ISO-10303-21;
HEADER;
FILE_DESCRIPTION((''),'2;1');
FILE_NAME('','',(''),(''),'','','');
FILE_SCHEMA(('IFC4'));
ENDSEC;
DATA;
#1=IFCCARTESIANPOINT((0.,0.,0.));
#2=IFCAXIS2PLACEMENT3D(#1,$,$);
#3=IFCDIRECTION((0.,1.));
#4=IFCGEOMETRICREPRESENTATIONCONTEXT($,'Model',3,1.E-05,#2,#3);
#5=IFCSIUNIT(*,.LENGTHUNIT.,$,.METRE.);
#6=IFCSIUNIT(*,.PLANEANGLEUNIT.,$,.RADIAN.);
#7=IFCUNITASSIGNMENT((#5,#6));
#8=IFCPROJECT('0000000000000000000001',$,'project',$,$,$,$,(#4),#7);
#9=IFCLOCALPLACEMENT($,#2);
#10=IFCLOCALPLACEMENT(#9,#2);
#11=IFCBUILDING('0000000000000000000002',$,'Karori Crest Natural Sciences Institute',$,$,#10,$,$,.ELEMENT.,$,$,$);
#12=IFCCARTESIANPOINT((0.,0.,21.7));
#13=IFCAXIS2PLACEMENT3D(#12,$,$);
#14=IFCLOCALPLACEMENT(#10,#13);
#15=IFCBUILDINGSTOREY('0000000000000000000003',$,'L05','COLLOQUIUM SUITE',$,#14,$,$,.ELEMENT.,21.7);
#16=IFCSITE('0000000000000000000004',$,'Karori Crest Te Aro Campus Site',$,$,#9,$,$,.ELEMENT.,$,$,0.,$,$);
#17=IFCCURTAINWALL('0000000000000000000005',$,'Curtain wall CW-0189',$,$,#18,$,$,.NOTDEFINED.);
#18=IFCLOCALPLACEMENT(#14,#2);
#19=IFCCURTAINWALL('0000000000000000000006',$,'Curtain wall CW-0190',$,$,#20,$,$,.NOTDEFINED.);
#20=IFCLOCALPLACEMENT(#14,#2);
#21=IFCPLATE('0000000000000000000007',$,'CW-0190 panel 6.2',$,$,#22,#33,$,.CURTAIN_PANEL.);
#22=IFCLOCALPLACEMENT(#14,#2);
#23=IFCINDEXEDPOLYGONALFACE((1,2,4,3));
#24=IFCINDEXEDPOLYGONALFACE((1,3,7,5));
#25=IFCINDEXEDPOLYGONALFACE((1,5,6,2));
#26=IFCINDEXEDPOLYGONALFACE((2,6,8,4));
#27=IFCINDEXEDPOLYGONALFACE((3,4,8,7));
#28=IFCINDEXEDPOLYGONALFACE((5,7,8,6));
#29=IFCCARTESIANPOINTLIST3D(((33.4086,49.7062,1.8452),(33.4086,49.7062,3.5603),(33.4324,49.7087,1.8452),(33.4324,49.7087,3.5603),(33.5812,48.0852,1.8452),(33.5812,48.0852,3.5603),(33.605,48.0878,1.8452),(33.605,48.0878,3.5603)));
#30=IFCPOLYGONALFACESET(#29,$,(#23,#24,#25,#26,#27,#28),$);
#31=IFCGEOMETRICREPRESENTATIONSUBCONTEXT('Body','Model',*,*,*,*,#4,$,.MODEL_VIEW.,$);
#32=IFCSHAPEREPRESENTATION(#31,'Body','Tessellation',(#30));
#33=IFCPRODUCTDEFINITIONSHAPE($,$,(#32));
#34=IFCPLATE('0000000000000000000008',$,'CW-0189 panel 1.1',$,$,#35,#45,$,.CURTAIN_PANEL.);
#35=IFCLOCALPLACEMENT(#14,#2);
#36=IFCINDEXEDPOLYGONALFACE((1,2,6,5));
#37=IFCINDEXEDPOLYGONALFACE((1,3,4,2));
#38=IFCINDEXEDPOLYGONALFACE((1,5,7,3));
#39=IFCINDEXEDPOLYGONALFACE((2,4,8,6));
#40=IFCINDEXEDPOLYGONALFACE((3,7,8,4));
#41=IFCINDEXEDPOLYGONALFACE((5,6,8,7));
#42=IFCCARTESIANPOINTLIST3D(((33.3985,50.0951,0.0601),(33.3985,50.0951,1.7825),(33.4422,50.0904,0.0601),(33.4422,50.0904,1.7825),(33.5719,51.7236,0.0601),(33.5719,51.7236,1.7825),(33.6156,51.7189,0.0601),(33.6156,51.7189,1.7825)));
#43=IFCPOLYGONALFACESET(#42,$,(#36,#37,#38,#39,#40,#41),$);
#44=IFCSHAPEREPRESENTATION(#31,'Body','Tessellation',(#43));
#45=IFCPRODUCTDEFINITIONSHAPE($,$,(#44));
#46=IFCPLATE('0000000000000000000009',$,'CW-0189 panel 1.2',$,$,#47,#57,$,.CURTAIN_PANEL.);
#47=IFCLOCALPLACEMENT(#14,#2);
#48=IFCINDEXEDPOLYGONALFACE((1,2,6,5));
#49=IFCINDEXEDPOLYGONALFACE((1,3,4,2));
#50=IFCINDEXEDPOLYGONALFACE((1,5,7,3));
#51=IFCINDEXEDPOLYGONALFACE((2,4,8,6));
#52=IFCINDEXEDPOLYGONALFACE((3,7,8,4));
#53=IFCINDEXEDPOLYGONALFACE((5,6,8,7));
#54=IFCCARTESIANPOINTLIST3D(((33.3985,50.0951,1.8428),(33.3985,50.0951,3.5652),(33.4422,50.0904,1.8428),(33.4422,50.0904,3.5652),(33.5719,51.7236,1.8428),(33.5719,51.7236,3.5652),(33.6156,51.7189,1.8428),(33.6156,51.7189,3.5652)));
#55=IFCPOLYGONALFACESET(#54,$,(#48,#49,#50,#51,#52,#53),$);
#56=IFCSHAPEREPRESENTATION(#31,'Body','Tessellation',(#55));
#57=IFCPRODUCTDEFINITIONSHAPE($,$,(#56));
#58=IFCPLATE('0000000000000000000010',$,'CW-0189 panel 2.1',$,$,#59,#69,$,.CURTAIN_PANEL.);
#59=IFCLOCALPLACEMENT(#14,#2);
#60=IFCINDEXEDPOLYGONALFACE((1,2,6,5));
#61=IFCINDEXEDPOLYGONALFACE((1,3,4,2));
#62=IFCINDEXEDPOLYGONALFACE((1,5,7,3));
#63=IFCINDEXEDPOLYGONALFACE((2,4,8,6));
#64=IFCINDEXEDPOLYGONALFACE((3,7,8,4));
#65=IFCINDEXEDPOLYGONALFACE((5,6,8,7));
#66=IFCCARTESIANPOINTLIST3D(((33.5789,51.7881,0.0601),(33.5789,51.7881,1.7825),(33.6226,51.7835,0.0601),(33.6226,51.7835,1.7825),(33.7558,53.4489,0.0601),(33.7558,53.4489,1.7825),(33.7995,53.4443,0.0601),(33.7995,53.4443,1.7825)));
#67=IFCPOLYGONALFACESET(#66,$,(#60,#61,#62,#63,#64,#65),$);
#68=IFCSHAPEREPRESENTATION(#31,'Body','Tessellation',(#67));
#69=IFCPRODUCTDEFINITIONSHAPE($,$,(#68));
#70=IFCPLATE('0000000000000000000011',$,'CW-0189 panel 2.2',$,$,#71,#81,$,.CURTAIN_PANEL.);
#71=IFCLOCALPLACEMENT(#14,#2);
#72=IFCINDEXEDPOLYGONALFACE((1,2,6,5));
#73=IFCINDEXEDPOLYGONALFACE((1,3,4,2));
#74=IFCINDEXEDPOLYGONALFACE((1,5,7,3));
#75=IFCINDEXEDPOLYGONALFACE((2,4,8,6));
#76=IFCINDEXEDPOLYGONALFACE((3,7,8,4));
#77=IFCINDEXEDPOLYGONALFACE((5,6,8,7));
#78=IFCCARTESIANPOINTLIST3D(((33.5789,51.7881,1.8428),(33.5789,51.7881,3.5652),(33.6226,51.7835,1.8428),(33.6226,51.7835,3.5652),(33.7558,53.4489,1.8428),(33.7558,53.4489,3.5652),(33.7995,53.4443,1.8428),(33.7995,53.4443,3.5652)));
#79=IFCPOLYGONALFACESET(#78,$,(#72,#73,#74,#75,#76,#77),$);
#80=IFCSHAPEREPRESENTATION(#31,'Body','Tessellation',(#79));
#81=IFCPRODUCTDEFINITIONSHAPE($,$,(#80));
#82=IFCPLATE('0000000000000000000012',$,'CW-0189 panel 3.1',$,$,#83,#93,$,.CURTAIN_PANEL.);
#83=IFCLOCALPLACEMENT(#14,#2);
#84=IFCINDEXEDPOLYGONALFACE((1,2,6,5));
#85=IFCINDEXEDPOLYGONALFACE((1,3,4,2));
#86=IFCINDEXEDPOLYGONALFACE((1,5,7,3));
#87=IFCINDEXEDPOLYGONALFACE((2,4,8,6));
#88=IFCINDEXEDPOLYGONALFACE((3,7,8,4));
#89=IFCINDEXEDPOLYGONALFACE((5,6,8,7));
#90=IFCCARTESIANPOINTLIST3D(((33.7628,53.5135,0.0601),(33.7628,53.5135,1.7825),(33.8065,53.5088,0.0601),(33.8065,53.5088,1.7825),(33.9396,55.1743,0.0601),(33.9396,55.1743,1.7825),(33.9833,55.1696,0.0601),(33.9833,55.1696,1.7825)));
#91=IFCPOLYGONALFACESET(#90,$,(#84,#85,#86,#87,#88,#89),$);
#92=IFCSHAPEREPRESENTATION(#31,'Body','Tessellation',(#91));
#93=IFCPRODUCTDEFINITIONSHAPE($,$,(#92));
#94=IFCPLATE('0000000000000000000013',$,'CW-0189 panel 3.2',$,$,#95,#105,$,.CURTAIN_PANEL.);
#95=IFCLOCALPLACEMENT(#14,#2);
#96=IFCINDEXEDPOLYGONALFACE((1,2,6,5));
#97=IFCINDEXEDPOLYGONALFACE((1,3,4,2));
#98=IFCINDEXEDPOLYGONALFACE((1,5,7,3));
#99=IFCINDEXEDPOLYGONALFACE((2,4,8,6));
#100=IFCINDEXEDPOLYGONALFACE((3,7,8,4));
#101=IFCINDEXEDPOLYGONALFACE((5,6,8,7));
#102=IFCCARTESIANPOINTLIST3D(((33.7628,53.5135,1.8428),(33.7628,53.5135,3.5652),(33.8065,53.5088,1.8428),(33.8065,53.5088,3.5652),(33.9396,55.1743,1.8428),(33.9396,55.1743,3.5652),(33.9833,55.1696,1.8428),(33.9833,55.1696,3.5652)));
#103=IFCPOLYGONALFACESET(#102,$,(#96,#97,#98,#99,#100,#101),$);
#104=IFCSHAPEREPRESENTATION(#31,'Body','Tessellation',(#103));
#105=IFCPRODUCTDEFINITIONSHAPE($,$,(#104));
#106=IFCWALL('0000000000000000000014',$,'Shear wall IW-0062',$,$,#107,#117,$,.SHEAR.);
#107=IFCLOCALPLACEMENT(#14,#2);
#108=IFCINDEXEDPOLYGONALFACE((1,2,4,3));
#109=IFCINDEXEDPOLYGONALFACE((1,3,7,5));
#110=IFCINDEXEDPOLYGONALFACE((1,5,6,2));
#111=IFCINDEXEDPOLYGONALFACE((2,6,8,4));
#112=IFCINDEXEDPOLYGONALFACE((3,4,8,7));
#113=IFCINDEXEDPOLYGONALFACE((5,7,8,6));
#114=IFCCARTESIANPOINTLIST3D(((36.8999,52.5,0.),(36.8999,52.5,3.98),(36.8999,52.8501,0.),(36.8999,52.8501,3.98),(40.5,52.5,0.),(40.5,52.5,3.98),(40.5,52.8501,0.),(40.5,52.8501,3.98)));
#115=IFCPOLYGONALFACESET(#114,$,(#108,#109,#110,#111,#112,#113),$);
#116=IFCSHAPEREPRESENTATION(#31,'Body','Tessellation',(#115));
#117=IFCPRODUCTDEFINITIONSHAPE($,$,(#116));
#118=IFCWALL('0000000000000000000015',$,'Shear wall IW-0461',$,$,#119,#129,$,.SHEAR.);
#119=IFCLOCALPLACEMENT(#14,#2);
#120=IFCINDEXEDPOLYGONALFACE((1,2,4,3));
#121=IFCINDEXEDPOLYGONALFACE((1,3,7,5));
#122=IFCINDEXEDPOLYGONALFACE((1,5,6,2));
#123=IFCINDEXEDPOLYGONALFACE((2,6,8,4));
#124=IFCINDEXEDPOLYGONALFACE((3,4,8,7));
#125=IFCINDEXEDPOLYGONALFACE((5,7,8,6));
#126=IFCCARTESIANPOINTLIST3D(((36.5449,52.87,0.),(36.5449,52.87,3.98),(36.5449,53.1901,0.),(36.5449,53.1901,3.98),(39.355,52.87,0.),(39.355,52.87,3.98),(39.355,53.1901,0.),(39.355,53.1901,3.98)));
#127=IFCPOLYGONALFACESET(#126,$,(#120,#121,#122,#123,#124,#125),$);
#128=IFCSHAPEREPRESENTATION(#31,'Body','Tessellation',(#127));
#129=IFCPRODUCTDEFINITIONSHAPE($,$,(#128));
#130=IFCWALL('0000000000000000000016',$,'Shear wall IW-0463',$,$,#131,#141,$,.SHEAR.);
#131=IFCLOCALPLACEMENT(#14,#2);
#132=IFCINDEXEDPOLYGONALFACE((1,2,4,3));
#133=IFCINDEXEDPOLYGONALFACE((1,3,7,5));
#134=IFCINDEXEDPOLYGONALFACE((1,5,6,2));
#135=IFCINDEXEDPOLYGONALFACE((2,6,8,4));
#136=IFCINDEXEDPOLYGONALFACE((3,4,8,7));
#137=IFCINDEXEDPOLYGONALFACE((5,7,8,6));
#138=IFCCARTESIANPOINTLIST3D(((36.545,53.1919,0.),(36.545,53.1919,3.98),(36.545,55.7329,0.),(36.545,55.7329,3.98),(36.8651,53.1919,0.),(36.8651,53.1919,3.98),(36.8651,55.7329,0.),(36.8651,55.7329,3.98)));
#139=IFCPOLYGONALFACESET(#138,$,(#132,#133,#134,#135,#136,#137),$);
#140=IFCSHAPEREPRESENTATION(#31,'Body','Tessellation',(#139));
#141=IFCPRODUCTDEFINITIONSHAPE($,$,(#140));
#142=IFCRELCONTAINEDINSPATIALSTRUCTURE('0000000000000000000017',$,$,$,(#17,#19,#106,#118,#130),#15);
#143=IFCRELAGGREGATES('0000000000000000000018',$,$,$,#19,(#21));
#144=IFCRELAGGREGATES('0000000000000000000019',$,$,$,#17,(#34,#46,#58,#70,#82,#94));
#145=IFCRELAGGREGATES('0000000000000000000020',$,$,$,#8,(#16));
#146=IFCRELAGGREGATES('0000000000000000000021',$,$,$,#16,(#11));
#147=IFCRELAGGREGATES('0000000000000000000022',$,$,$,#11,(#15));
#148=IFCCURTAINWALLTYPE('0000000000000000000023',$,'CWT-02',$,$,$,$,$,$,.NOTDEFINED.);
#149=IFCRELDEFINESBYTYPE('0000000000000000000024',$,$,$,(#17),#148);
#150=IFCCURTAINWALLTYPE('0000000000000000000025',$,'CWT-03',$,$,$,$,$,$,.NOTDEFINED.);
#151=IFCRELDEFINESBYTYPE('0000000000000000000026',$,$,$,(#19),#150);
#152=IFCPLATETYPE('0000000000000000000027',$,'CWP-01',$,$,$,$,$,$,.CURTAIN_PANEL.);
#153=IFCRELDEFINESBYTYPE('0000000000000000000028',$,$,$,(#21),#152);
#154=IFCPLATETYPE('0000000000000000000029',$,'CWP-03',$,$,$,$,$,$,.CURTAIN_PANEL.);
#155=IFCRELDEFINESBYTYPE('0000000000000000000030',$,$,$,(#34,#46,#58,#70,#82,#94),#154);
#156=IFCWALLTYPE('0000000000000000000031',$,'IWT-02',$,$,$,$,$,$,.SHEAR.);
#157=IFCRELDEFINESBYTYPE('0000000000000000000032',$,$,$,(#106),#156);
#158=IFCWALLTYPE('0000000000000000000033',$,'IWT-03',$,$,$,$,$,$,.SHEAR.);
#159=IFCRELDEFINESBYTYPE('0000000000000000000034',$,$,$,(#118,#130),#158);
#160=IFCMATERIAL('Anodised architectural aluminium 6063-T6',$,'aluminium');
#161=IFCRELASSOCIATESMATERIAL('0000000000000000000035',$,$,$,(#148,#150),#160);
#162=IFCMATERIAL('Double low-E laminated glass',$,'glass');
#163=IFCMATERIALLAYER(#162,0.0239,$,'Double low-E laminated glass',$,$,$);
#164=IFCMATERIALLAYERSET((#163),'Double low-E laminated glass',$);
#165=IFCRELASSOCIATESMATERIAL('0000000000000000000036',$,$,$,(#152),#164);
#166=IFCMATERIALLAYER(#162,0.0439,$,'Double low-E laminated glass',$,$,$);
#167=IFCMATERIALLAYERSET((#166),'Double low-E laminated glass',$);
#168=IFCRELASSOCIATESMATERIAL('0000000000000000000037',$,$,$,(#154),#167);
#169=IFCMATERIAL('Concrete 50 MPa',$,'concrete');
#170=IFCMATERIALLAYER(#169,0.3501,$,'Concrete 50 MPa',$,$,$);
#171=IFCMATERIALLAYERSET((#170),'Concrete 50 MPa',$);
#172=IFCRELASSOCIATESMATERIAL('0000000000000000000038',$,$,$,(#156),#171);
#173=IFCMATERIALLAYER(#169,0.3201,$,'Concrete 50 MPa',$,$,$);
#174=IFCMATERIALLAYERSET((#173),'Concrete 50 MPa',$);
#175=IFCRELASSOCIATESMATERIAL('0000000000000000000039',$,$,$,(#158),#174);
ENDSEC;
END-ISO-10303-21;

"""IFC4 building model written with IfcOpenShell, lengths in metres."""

from ifc_helpers import new_model, si_unit, direction, frame, frame_2d, origin, origin_2d, place, context, subcontext, project, spatial, rectangle, extrude, material, layer, layer_set, type_object, element, aggregate, save


model = new_model("IFC4")

# Units and contexts
model_context = context("Model", 3, precision=1e-05, world=origin(), true_north=direction((0.0, 1.0)))
body_context = subcontext(model_context, "Body", "Model", "MODEL_VIEW")
ifc_project = project(units=[si_unit("LENGTHUNIT", "METRE"), si_unit("PLANEANGLEUNIT", "RADIAN")], contexts=[model_context])

# Site, building, storey
site_placement = place(None, origin())
site = spatial("IfcSite", under=ifc_project, at=site_placement, Name="Karori Crest Te Aro Campus Site", CompositionType="ELEMENT", RefElevation=0.0)
building_placement = place(site_placement, origin())
building = spatial("IfcBuilding", under=site, at=building_placement, Name="Karori Crest Natural Sciences Institute", CompositionType="ELEMENT")
storey_placement = place(building_placement, frame((0.0, 0.0, 21.7)))
storey = spatial("IfcBuildingStorey", under=building, at=storey_placement, Name="L05", Description="COLLOQUIUM SUITE", CompositionType="ELEMENT", Elevation=21.7)

# Curtain walls
ifc_material_1 = material(Name="Anodised architectural aluminium 6063-T6", Category="aluminium")
curtain_wall_type_1 = type_object("IfcCurtainWallType", Name="CWT-02", PredefinedType="NOTDEFINED", material=ifc_material_1)
curtain_wall_1_placement = place(storey_placement, origin())
curtain_wall_1 = element("IfcCurtainWall", 1, at=curtain_wall_1_placement, inside=storey, type_object=curtain_wall_type_1, Name="Curtain wall CW-0189", PredefinedType="NOTDEFINED")
curtain_wall_type_2 = type_object("IfcCurtainWallType", Name="CWT-03", PredefinedType="NOTDEFINED", material=ifc_material_1)
curtain_wall_2_placement = place(storey_placement, origin())
curtain_wall_2 = element("IfcCurtainWall", 2, at=curtain_wall_2_placement, inside=storey, type_object=curtain_wall_type_2, Name="Curtain wall CW-0190", PredefinedType="NOTDEFINED")

# Plates
ifc_material_2 = material(Name="Double low-E laminated glass", Category="glass")
ifc_layer_1 = layer(ifc_material_2, 0.0239, Name="Double low-E laminated glass")
ifc_layer_set_1 = layer_set([ifc_layer_1], Name="Double low-E laminated glass")
plate_type_1 = type_object("IfcPlateType", Name="CWP-01", PredefinedType="CURTAIN_PANEL", material=ifc_layer_set_1)
plate_1_placement = place(storey_placement, frame((33.5068, 48.897, 1.8452), z_axis=(0.0, 0.0, 1.0), x_axis=(-0.105884, 0.994378, 0.0)))
plate_1 = element("IfcPlate", 3, at=plate_1_placement, type_object=plate_type_1, Name="CW-0190 panel 6.2", PredefinedType="CURTAIN_PANEL", context=body_context, shape_type="SweptSolid", body=[
    extrude(rectangle(XDim=1.6301, YDim=0.0239, at=origin_2d()), origin(), (0.0, 0.0, 1.0), 1.7151),
])
aggregate(curtain_wall_2, [plate_1])
ifc_layer_2 = layer(ifc_material_2, 0.0439, Name="Double low-E laminated glass")
ifc_layer_set_2 = layer_set([ifc_layer_2], Name="Double low-E laminated glass")
plate_type_2 = type_object("IfcPlateType", Name="CWP-03", PredefinedType="CURTAIN_PANEL", material=ifc_layer_set_2)
plate_2_placement = place(storey_placement, frame((33.5071, 50.907, 0.0601), z_axis=(0.0, 0.0, 1.0), x_axis=(0.105886, 0.994378, 0.0)))
plate_2 = element("IfcPlate", 4, at=plate_2_placement, type_object=plate_type_2, Name="CW-0189 panel 1.1", PredefinedType="CURTAIN_PANEL", context=body_context, shape_type="SweptSolid", body=[
    extrude(rectangle(XDim=1.6377, YDim=0.0439, at=origin_2d()), origin(), (0.0, 0.0, 1.0), 1.7224),
])
plate_3_placement = place(storey_placement, frame((33.5071, 50.907, 1.8428), z_axis=(0.0, 0.0, 1.0), x_axis=(0.105886, 0.994378, 0.0)))
plate_3 = element("IfcPlate", 5, at=plate_3_placement, type_object=plate_type_2, Name="CW-0189 panel 1.2", PredefinedType="CURTAIN_PANEL", context=body_context, shape_type="SweptSolid", body=[
    extrude(rectangle(XDim=1.6377, YDim=0.0439, at=origin_2d()), origin(), (0.0, 0.0, 1.0), 1.7224),
])
plate_4_placement = place(storey_placement, frame((33.6892, 52.6162, 0.0601), z_axis=(0.0, 0.0, 1.0), x_axis=(0.105886, 0.994378, 0.0)))
plate_4 = element("IfcPlate", 6, at=plate_4_placement, type_object=plate_type_2, Name="CW-0189 panel 2.1", PredefinedType="CURTAIN_PANEL", context=body_context, shape_type="SweptSolid", body=[
    extrude(rectangle(XDim=1.6702, YDim=0.0439, at=origin_2d()), origin(), (0.0, 0.0, 1.0), 1.7224),
])
plate_5_placement = place(storey_placement, frame((33.6892, 52.6162, 1.8428), z_axis=(0.0, 0.0, 1.0), x_axis=(0.105886, 0.994378, 0.0)))
plate_5 = element("IfcPlate", 7, at=plate_5_placement, type_object=plate_type_2, Name="CW-0189 panel 2.2", PredefinedType="CURTAIN_PANEL", context=body_context, shape_type="SweptSolid", body=[
    extrude(rectangle(XDim=1.6702, YDim=0.0439, at=origin_2d()), origin(), (0.0, 0.0, 1.0), 1.7224),
])
plate_6_placement = place(storey_placement, frame((33.873, 54.3416, 0.0601), z_axis=(0.0, 0.0, 1.0), x_axis=(0.105886, 0.994378, 0.0)))
plate_6 = element("IfcPlate", 8, at=plate_6_placement, type_object=plate_type_2, Name="CW-0189 panel 3.1", PredefinedType="CURTAIN_PANEL", context=body_context, shape_type="SweptSolid", body=[
    extrude(rectangle(XDim=1.6702, YDim=0.0439, at=origin_2d()), origin(), (0.0, 0.0, 1.0), 1.7224),
])
plate_7_placement = place(storey_placement, frame((33.873, 54.3416, 1.8428), z_axis=(0.0, 0.0, 1.0), x_axis=(0.105886, 0.994378, 0.0)))
plate_7 = element("IfcPlate", 9, at=plate_7_placement, type_object=plate_type_2, Name="CW-0189 panel 3.2", PredefinedType="CURTAIN_PANEL", context=body_context, shape_type="SweptSolid", body=[
    extrude(rectangle(XDim=1.6702, YDim=0.0439, at=origin_2d()), origin(), (0.0, 0.0, 1.0), 1.7224),
])
aggregate(curtain_wall_1, [plate_2, plate_3, plate_4, plate_5, plate_6, plate_7])

# Walls
ifc_material_3 = material(Name="Concrete 50 MPa", Category="concrete")
ifc_layer_3 = layer(ifc_material_3, 0.3501, Name="Concrete 50 MPa")
ifc_layer_set_3 = layer_set([ifc_layer_3], Name="Concrete 50 MPa")
wall_type_1 = type_object("IfcWallType", Name="IWT-02", PredefinedType="SHEAR", material=ifc_layer_set_3)
wall_1_placement = place(storey_placement, frame((36.8999, 52.675, 0.0), z_axis=(0.0, 0.0, 1.0), x_axis=(1.0, 0.0, 0.0)))
element("IfcWall", 10, at=wall_1_placement, inside=storey, type_object=wall_type_1, Name="Shear wall IW-0062", PredefinedType="SHEAR", context=body_context, shape_type="SweptSolid", body=[
    extrude(rectangle(XDim=3.6001, YDim=0.3501, at=frame_2d((1.8, 0.0))), origin(), (0.0, 0.0, 1.0), 3.98),
])
ifc_layer_4 = layer(ifc_material_3, 0.3201, Name="Concrete 50 MPa")
ifc_layer_set_4 = layer_set([ifc_layer_4], Name="Concrete 50 MPa")
wall_type_2 = type_object("IfcWallType", Name="IWT-03", PredefinedType="SHEAR", material=ifc_layer_set_4)
wall_2_placement = place(storey_placement, frame((36.5449, 53.03, 0.0), z_axis=(0.0, 0.0, 1.0), x_axis=(1.0, 0.0, 0.0)))
element("IfcWall", 11, at=wall_2_placement, inside=storey, type_object=wall_type_2, Name="Shear wall IW-0461", PredefinedType="SHEAR", context=body_context, shape_type="SweptSolid", body=[
    extrude(rectangle(XDim=2.8101, YDim=0.3201, at=frame_2d((1.405, 0.0))), origin(), (0.0, 0.0, 1.0), 3.98),
])
wall_3_placement = place(storey_placement, frame((36.7051, 53.1919, 0.0), z_axis=(0.0, 0.0, 1.0), x_axis=(0.0, 1.0, 0.0)))
element("IfcWall", 12, at=wall_3_placement, inside=storey, type_object=wall_type_2, Name="Shear wall IW-0463", PredefinedType="SHEAR", context=body_context, shape_type="SweptSolid", body=[
    extrude(rectangle(XDim=2.541, YDim=0.3201, at=frame_2d((1.2705, 0.0))), origin(), (0.0, 0.0, 1.0), 3.98),
])

save(model, "model.ifc")
